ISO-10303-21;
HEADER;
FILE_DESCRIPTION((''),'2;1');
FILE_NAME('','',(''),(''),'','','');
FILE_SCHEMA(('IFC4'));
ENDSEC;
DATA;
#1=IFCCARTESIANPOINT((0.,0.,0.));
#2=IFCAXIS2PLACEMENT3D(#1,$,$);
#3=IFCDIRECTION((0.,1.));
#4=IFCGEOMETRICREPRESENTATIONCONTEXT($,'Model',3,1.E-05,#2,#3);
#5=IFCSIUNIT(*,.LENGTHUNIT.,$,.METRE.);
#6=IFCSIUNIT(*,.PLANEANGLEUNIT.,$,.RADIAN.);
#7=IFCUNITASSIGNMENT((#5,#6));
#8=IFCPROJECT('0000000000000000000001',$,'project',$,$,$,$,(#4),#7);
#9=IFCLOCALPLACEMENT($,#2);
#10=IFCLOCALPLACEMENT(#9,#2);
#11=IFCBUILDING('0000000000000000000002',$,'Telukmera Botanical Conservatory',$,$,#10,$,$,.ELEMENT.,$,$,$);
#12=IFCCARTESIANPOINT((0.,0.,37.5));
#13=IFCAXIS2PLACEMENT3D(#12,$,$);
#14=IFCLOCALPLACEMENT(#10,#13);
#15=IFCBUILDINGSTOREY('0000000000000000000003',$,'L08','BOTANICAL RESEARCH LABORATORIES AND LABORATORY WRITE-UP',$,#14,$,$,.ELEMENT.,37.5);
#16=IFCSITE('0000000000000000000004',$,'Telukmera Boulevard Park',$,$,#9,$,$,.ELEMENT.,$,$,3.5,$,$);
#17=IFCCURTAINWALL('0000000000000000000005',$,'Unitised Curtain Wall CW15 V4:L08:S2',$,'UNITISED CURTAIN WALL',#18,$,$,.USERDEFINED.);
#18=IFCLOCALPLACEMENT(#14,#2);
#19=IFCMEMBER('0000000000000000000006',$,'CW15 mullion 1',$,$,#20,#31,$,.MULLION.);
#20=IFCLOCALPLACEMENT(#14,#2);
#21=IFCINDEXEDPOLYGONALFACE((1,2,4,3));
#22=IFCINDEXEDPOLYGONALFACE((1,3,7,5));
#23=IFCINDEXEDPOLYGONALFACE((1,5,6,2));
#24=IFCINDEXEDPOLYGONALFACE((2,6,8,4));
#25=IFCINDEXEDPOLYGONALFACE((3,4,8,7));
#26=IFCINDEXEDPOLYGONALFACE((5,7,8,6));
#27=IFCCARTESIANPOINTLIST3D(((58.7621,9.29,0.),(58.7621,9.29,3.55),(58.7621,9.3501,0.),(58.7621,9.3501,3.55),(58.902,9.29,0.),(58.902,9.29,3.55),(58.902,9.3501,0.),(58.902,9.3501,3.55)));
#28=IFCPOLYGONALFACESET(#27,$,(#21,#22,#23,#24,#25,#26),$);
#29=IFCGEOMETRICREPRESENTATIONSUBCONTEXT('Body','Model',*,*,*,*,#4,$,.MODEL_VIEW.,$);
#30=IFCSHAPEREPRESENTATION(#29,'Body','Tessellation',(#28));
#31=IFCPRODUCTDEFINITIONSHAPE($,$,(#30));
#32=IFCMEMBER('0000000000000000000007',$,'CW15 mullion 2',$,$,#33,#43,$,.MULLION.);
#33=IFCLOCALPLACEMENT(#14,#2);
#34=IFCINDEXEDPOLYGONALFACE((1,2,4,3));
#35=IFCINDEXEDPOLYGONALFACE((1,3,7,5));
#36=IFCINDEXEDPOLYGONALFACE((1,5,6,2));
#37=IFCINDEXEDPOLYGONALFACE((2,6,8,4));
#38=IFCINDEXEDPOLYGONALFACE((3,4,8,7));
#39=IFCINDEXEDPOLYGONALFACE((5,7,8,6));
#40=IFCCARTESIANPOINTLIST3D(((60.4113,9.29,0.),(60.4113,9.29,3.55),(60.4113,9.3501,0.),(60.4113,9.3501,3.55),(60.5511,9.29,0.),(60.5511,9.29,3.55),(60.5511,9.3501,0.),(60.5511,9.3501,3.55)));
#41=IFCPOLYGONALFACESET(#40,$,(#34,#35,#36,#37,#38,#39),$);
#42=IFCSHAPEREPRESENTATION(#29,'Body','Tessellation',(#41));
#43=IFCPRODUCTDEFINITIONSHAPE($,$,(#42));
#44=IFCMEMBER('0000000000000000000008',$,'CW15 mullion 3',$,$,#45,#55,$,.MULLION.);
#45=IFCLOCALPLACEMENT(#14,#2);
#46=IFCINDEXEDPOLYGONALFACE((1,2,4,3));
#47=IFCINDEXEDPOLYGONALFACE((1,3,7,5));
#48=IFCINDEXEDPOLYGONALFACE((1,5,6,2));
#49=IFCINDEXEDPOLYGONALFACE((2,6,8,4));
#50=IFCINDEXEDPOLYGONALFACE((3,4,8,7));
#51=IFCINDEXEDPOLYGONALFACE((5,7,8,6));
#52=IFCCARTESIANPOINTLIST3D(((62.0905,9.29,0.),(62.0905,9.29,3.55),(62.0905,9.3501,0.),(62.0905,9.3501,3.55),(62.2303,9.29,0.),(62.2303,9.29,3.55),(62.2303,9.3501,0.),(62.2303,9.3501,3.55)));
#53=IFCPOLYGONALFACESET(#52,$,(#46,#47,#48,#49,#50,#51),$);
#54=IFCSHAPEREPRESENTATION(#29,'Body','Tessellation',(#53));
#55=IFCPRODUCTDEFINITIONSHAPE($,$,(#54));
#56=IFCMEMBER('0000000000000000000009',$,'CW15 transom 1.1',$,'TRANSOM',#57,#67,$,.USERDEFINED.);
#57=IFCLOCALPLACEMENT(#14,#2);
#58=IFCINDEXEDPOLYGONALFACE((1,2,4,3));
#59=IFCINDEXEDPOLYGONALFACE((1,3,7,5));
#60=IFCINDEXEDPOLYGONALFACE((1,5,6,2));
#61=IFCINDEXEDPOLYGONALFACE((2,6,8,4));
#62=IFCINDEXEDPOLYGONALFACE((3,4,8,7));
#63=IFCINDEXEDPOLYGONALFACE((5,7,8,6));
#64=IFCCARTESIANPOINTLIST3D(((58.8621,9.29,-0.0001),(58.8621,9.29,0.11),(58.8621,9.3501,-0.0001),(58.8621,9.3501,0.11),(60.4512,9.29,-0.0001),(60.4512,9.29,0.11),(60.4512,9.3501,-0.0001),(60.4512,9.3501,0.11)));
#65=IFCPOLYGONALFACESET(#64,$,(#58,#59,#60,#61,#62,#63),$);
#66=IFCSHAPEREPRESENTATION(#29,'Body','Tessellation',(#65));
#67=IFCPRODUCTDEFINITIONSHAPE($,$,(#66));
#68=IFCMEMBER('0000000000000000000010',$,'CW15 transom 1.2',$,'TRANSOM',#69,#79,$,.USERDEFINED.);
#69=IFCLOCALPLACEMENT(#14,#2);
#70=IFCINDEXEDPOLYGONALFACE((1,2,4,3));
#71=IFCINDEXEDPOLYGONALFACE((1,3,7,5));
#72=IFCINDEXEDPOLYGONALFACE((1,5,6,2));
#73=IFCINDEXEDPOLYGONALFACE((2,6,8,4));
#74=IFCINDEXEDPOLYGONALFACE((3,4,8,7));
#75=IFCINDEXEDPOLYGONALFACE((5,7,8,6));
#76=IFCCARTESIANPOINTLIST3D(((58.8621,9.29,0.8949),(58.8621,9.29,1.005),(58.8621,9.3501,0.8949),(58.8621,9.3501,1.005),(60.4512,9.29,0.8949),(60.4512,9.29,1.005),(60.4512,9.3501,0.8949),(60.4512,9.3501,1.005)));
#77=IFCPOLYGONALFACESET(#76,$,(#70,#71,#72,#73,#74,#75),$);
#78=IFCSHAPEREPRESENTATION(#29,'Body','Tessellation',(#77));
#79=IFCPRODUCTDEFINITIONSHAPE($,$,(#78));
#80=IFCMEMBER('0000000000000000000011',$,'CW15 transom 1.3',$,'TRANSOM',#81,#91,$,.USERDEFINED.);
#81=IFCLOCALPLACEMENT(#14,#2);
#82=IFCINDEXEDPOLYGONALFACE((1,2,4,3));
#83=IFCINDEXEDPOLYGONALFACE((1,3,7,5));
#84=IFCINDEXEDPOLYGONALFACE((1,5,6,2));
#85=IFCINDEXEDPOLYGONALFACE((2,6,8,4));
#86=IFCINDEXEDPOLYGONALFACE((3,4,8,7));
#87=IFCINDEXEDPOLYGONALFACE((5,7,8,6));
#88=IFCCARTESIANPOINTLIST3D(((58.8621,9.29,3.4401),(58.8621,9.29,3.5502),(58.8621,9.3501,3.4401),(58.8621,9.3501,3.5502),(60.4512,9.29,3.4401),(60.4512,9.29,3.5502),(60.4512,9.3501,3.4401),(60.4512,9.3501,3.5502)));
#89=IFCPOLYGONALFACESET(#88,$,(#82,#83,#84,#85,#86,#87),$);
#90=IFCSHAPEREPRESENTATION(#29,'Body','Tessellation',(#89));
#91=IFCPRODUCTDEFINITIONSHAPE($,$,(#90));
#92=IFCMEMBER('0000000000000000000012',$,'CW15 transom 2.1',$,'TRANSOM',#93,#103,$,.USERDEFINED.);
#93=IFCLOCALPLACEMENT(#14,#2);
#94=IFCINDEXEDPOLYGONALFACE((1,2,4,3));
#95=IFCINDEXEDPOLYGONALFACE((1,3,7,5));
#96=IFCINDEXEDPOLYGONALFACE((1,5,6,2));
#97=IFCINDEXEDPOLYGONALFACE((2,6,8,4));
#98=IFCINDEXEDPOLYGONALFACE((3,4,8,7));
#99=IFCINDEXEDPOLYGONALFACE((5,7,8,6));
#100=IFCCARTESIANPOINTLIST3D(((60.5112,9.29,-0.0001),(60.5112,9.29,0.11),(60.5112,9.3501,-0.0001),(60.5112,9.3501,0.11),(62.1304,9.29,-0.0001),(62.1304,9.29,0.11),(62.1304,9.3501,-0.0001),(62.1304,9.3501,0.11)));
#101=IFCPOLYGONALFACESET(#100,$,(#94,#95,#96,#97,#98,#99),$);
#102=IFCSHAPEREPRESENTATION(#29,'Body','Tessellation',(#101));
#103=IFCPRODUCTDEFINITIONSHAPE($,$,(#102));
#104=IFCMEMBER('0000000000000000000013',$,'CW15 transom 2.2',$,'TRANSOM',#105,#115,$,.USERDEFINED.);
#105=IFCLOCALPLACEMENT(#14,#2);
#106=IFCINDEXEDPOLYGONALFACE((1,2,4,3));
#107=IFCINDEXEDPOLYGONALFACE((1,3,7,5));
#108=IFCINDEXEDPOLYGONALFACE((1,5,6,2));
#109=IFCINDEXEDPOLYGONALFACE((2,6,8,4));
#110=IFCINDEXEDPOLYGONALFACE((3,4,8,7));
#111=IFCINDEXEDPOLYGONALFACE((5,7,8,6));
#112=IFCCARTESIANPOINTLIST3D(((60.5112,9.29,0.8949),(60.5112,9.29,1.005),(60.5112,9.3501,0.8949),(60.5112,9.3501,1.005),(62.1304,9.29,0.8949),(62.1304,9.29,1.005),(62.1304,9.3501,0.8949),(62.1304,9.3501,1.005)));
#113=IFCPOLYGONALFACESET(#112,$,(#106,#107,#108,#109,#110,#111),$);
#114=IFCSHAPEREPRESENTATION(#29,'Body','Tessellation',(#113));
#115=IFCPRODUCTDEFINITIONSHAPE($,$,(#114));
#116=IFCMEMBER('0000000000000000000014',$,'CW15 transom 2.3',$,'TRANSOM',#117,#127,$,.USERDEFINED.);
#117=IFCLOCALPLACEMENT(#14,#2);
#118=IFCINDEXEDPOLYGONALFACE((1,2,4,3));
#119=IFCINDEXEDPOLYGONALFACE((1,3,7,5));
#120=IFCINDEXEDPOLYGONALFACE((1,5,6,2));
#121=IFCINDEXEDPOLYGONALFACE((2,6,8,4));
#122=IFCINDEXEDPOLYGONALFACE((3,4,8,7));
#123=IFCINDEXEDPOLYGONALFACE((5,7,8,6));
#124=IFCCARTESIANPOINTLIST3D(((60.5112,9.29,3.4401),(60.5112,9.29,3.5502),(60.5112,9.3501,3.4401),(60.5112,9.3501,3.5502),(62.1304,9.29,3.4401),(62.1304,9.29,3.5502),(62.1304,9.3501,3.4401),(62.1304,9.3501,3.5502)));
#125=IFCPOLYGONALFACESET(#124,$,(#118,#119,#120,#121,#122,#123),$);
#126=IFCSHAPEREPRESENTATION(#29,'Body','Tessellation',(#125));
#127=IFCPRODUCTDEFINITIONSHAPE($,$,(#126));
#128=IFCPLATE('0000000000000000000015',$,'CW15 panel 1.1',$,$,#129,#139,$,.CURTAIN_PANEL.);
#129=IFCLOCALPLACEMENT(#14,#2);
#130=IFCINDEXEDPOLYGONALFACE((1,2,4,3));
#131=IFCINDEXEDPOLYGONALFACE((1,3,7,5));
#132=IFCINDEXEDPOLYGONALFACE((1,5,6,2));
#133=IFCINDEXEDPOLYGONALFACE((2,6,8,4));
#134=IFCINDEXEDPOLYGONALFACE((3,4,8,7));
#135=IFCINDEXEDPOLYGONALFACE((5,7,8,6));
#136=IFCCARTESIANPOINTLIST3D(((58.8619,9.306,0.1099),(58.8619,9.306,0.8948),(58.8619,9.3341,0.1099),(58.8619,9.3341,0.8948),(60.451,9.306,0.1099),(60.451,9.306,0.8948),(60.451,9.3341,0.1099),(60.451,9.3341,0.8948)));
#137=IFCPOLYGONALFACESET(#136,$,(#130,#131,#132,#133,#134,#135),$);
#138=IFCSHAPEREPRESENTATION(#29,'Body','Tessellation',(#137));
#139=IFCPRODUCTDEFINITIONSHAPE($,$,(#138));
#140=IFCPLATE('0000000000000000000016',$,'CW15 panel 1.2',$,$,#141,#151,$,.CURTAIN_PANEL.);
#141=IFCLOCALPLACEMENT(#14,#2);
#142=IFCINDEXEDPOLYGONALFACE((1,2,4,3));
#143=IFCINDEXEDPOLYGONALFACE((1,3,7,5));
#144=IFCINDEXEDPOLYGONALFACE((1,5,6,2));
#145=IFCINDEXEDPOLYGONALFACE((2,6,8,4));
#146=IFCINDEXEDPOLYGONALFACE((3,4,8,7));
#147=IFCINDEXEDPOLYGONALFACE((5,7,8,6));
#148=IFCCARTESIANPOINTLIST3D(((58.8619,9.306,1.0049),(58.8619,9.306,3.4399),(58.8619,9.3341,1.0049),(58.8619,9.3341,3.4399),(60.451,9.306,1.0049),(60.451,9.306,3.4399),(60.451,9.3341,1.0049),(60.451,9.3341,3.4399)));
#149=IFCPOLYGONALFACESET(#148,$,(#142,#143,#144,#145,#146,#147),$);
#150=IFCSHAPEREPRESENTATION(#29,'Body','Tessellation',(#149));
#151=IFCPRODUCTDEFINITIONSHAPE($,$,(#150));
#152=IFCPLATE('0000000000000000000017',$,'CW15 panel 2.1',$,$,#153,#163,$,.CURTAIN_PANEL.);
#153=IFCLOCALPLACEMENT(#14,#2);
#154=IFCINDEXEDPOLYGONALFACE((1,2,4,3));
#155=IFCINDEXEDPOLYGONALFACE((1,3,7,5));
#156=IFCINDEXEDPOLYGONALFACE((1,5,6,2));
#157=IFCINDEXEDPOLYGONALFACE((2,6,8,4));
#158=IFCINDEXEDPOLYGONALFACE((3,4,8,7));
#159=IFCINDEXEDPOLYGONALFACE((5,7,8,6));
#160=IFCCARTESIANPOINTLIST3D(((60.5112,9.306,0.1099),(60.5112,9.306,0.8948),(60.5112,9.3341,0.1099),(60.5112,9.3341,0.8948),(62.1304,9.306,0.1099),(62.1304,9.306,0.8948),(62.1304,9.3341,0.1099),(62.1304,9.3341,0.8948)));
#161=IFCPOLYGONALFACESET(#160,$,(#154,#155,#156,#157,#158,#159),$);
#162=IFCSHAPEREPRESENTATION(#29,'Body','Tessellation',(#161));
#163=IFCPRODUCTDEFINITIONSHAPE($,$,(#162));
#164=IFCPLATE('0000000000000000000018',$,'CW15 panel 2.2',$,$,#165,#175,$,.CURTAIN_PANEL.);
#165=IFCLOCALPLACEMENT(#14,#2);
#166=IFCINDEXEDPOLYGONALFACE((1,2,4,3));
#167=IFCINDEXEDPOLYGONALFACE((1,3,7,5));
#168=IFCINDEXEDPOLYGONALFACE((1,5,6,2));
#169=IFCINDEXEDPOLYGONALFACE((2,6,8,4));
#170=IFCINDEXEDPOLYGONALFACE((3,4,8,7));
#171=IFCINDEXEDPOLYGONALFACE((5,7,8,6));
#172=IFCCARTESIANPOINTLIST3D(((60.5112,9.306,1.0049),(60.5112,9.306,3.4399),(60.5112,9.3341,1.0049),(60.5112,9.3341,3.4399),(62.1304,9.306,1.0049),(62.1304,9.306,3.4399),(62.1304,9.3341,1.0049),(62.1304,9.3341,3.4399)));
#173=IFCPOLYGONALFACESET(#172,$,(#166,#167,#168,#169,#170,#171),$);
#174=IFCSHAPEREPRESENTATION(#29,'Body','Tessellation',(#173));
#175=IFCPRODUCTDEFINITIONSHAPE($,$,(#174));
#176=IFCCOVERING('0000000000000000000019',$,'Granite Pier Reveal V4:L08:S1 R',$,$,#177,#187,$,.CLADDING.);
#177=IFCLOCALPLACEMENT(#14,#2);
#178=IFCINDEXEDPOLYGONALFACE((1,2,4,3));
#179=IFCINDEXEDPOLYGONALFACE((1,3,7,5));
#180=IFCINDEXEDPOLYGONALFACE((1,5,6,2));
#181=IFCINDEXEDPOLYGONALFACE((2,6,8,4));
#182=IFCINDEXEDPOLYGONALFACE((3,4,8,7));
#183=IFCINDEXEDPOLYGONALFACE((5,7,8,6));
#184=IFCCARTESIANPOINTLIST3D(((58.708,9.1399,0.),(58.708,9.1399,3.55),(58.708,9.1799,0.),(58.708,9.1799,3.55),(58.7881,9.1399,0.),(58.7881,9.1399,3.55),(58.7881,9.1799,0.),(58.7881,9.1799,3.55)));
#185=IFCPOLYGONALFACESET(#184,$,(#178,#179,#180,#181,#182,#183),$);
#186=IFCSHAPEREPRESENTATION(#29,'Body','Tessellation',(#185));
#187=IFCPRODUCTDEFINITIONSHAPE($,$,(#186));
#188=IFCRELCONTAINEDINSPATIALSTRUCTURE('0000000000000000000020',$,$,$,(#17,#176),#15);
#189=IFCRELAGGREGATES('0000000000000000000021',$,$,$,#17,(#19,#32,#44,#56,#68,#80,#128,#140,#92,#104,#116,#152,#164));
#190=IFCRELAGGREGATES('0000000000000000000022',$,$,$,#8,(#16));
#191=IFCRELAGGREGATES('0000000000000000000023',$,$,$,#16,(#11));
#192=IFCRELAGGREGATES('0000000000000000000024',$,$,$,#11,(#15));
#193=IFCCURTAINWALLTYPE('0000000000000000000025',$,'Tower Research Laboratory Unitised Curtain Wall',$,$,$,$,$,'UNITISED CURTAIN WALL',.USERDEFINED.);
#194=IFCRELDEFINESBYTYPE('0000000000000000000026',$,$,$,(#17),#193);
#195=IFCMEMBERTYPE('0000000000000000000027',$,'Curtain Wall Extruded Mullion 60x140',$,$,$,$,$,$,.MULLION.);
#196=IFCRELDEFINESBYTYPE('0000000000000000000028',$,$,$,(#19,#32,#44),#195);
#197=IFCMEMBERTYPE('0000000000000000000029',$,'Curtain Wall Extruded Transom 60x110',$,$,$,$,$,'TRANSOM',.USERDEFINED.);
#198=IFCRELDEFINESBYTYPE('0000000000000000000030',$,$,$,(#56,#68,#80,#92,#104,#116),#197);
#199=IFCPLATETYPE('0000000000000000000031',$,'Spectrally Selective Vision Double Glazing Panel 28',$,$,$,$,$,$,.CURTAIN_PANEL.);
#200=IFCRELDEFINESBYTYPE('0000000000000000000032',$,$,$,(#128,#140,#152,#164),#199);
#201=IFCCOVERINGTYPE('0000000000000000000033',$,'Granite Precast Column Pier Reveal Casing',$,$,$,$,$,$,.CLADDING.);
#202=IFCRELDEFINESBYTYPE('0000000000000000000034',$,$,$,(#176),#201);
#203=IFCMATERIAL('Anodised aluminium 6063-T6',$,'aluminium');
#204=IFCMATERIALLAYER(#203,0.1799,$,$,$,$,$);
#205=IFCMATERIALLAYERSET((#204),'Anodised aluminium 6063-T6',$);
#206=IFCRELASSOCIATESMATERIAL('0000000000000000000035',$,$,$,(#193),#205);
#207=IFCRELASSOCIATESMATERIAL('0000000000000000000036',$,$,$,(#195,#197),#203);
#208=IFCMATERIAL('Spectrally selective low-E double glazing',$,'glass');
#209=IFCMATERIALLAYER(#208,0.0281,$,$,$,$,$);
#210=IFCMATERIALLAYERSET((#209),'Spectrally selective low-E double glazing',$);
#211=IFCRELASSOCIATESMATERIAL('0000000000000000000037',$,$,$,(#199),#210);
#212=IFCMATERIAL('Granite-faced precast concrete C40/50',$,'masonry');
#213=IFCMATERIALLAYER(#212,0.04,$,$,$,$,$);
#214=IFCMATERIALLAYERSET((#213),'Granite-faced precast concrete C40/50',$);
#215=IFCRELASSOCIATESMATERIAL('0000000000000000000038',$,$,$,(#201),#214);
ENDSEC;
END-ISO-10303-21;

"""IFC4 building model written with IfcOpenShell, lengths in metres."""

from ifc_helpers import new_model, si_unit, direction, frame, origin, origin_2d, place, context, subcontext, project, spatial, rectangle, extrude, material, layer, layer_set, material_profile, profile_set, type_object, element, aggregate, save


model = new_model("IFC4")

# Units and contexts
model_context = context("Model", 3, precision=1e-05, world=origin(), true_north=direction((0.0, 1.0)))
body_context = subcontext(model_context, "Body", "Model", "MODEL_VIEW")
ifc_project = project(units=[si_unit("LENGTHUNIT", "METRE"), si_unit("PLANEANGLEUNIT", "RADIAN")], contexts=[model_context])

# Site, building, storey
site_placement = place(None, origin())
site = spatial("IfcSite", under=ifc_project, at=site_placement, Name="Telukmera Boulevard Park", CompositionType="ELEMENT", RefElevation=3.5)
building_placement = place(site_placement, origin())
building = spatial("IfcBuilding", under=site, at=building_placement, Name="Telukmera Botanical Conservatory", CompositionType="ELEMENT")
storey_placement = place(building_placement, frame((0.0, 0.0, 37.5)))
storey = spatial("IfcBuildingStorey", under=building, at=storey_placement, Name="L08", Description="BOTANICAL RESEARCH LABORATORIES AND LABORATORY WRITE-UP", CompositionType="ELEMENT", Elevation=37.5)

# Curtain wall, members, plates
ifc_material_1 = material(Name="Anodised aluminium 6063-T6", Category="aluminium")
ifc_layer_1 = layer(ifc_material_1, 0.1799)
ifc_layer_set_1 = layer_set([ifc_layer_1], Name="Anodised aluminium 6063-T6")
curtain_wall_type = type_object("IfcCurtainWallType", Name="Tower Research Laboratory Unitised Curtain Wall", ElementType="UNITISED CURTAIN WALL", PredefinedType="USERDEFINED", material=ifc_layer_set_1)
curtain_wall_placement = place(storey_placement, origin())
curtain_wall = element("IfcCurtainWall", 1, at=curtain_wall_placement, inside=storey, type_object=curtain_wall_type, Name="Unitised Curtain Wall CW15 V4:L08:S2", ObjectType="UNITISED CURTAIN WALL", PredefinedType="USERDEFINED")
ifc_material_profile_1 = material_profile(ifc_material_1, rectangle(XDim=0.0601, YDim=0.1399, at=origin_2d()), Name="ALU MULL 60x140")
ifc_profile_set_1 = profile_set([ifc_material_profile_1], Name="Anodised aluminium 6063-T6")
member_type_1 = type_object("IfcMemberType", Name="Curtain Wall Extruded Mullion 60x140", PredefinedType="MULLION", material=ifc_profile_set_1)
member_1_placement = place(storey_placement, frame((58.832, 9.3201, 0.0), z_axis=(0.0, 0.0, 1.0), x_axis=(0.0, 1.0, 0.0)))
member_1 = element("IfcMember", 2, at=member_1_placement, type_object=member_type_1, Name="CW15 mullion 1", PredefinedType="MULLION", context=body_context, shape_type="SweptSolid", body=[
    extrude(rectangle(XDim=0.0601, YDim=0.1399, at=origin_2d()), origin(), (0.0, 0.0, 1.0), 3.55),
])
member_2_placement = place(storey_placement, frame((60.4812, 9.3201, 0.0), z_axis=(0.0, 0.0, 1.0), x_axis=(0.0, 1.0, 0.0)))
member_2 = element("IfcMember", 3, at=member_2_placement, type_object=member_type_1, Name="CW15 mullion 2", PredefinedType="MULLION", context=body_context, shape_type="SweptSolid", body=[
    extrude(rectangle(XDim=0.0601, YDim=0.1399, at=origin_2d()), origin(), (0.0, 0.0, 1.0), 3.55),
])
member_3_placement = place(storey_placement, frame((62.1604, 9.3201, 0.0), z_axis=(0.0, 0.0, 1.0), x_axis=(0.0, 1.0, 0.0)))
member_3 = element("IfcMember", 4, at=member_3_placement, type_object=member_type_1, Name="CW15 mullion 3", PredefinedType="MULLION", context=body_context, shape_type="SweptSolid", body=[
    extrude(rectangle(XDim=0.0601, YDim=0.1399, at=origin_2d()), origin(), (0.0, 0.0, 1.0), 3.55),
])
ifc_material_profile_2 = material_profile(ifc_material_1, rectangle(XDim=0.0601, YDim=0.1101, at=origin_2d()), Name="ALU TRAN 60x110")
ifc_profile_set_2 = profile_set([ifc_material_profile_2], Name="Anodised aluminium 6063-T6")
member_type_2 = type_object("IfcMemberType", Name="Curtain Wall Extruded Transom 60x110", ElementType="TRANSOM", PredefinedType="USERDEFINED", material=ifc_profile_set_2)
member_4_placement = place(storey_placement, frame((58.8621, 9.3201, 0.0549), z_axis=(1.0, 0.0, 0.0), x_axis=(0.0, 1.0, 0.0)))
member_4 = element("IfcMember", 5, at=member_4_placement, type_object=member_type_2, Name="CW15 transom 1.1", ObjectType="TRANSOM", PredefinedType="USERDEFINED", context=body_context, shape_type="SweptSolid", body=[
    extrude(rectangle(XDim=0.0601, YDim=0.1101, at=origin_2d()), origin(), (0.0, 0.0, 1.0), 1.5891),
])
member_5_placement = place(storey_placement, frame((58.8621, 9.3201, 0.95), z_axis=(1.0, 0.0, 0.0), x_axis=(0.0, 1.0, 0.0)))
member_5 = element("IfcMember", 6, at=member_5_placement, type_object=member_type_2, Name="CW15 transom 1.2", ObjectType="TRANSOM", PredefinedType="USERDEFINED", context=body_context, shape_type="SweptSolid", body=[
    extrude(rectangle(XDim=0.0601, YDim=0.1101, at=origin_2d()), origin(), (0.0, 0.0, 1.0), 1.5891),
])
member_6_placement = place(storey_placement, frame((58.8621, 9.3201, 3.4951), z_axis=(1.0, 0.0, 0.0), x_axis=(0.0, 1.0, 0.0)))
member_6 = element("IfcMember", 7, at=member_6_placement, type_object=member_type_2, Name="CW15 transom 1.3", ObjectType="TRANSOM", PredefinedType="USERDEFINED", context=body_context, shape_type="SweptSolid", body=[
    extrude(rectangle(XDim=0.0601, YDim=0.1101, at=origin_2d()), origin(), (0.0, 0.0, 1.0), 1.5891),
])
member_7_placement = place(storey_placement, frame((60.5112, 9.3201, 0.0549), z_axis=(1.0, 0.0, 0.0), x_axis=(0.0, 1.0, 0.0)))
member_7 = element("IfcMember", 8, at=member_7_placement, type_object=member_type_2, Name="CW15 transom 2.1", ObjectType="TRANSOM", PredefinedType="USERDEFINED", context=body_context, shape_type="SweptSolid", body=[
    extrude(rectangle(XDim=0.0601, YDim=0.1101, at=origin_2d()), origin(), (0.0, 0.0, 1.0), 1.6191),
])
member_8_placement = place(storey_placement, frame((60.5112, 9.3201, 0.95), z_axis=(1.0, 0.0, 0.0), x_axis=(0.0, 1.0, 0.0)))
member_8 = element("IfcMember", 9, at=member_8_placement, type_object=member_type_2, Name="CW15 transom 2.2", ObjectType="TRANSOM", PredefinedType="USERDEFINED", context=body_context, shape_type="SweptSolid", body=[
    extrude(rectangle(XDim=0.0601, YDim=0.1101, at=origin_2d()), origin(), (0.0, 0.0, 1.0), 1.6191),
])
member_9_placement = place(storey_placement, frame((60.5112, 9.3201, 3.4951), z_axis=(1.0, 0.0, 0.0), x_axis=(0.0, 1.0, 0.0)))
member_9 = element("IfcMember", 10, at=member_9_placement, type_object=member_type_2, Name="CW15 transom 2.3", ObjectType="TRANSOM", PredefinedType="USERDEFINED", context=body_context, shape_type="SweptSolid", body=[
    extrude(rectangle(XDim=0.0601, YDim=0.1101, at=origin_2d()), origin(), (0.0, 0.0, 1.0), 1.6191),
])
ifc_material_2 = material(Name="Spectrally selective low-E double glazing", Category="glass")
ifc_layer_2 = layer(ifc_material_2, 0.0281)
ifc_layer_set_2 = layer_set([ifc_layer_2], Name="Spectrally selective low-E double glazing")
plate_type = type_object("IfcPlateType", Name="Spectrally Selective Vision Double Glazing Panel 28", PredefinedType="CURTAIN_PANEL", material=ifc_layer_set_2)
plate_1_placement = place(storey_placement, frame((59.6565, 9.3201, 0.1099), z_axis=(0.0, 0.0, 1.0), x_axis=(1.0, 0.0, 0.0)))
plate_1 = element("IfcPlate", 11, at=plate_1_placement, type_object=plate_type, Name="CW15 panel 1.1", PredefinedType="CURTAIN_PANEL", context=body_context, shape_type="SweptSolid", body=[
    extrude(rectangle(XDim=1.5891, YDim=0.0281, at=origin_2d()), origin(), (0.0, 0.0, 1.0), 0.7849),
])
plate_2_placement = place(storey_placement, frame((59.6565, 9.3201, 1.0049), z_axis=(0.0, 0.0, 1.0), x_axis=(1.0, 0.0, 0.0)))
plate_2 = element("IfcPlate", 12, at=plate_2_placement, type_object=plate_type, Name="CW15 panel 1.2", PredefinedType="CURTAIN_PANEL", context=body_context, shape_type="SweptSolid", body=[
    extrude(rectangle(XDim=1.5891, YDim=0.0281, at=origin_2d()), origin(), (0.0, 0.0, 1.0), 2.4351),
])
plate_3_placement = place(storey_placement, frame((61.3208, 9.3201, 0.1099), z_axis=(0.0, 0.0, 1.0), x_axis=(1.0, 0.0, 0.0)))
plate_3 = element("IfcPlate", 13, at=plate_3_placement, type_object=plate_type, Name="CW15 panel 2.1", PredefinedType="CURTAIN_PANEL", context=body_context, shape_type="SweptSolid", body=[
    extrude(rectangle(XDim=1.6191, YDim=0.0281, at=origin_2d()), origin(), (0.0, 0.0, 1.0), 0.7849),
])
plate_4_placement = place(storey_placement, frame((61.3208, 9.3201, 1.0049), z_axis=(0.0, 0.0, 1.0), x_axis=(1.0, 0.0, 0.0)))
plate_4 = element("IfcPlate", 14, at=plate_4_placement, type_object=plate_type, Name="CW15 panel 2.2", PredefinedType="CURTAIN_PANEL", context=body_context, shape_type="SweptSolid", body=[
    extrude(rectangle(XDim=1.6191, YDim=0.0281, at=origin_2d()), origin(), (0.0, 0.0, 1.0), 2.4351),
])
aggregate(curtain_wall, [member_1, member_2, member_3, member_4, member_5, member_6, plate_1, plate_2, member_7, member_8, member_9, plate_3, plate_4])

# Covering
ifc_material_3 = material(Name="Granite-faced precast concrete C40/50", Category="masonry")
ifc_layer_3 = layer(ifc_material_3, 0.04)
ifc_layer_set_3 = layer_set([ifc_layer_3], Name="Granite-faced precast concrete C40/50")
covering_type = type_object("IfcCoveringType", Name="Granite Precast Column Pier Reveal Casing", PredefinedType="CLADDING", material=ifc_layer_set_3)
for number, where, z_axis, x_axis, name in (
    (15, (58.748, 9.1599, 0.0), (0.0, 0.0, 1.0), (1.0, 0.0, 0.0), "Granite Pier Reveal V4:L08:S1 R"),
):
    element("IfcCovering", number, at=place(storey_placement, frame(where, z_axis=z_axis, x_axis=x_axis)), inside=storey, type_object=covering_type, Name=name, PredefinedType="CLADDING", context=body_context, shape_type="SweptSolid", body=[
        extrude(rectangle(XDim=0.0801, YDim=0.04, at=origin_2d()), origin(), (0.0, 0.0, 1.0), 3.55),
    ])

save(model, "model.ifc")
